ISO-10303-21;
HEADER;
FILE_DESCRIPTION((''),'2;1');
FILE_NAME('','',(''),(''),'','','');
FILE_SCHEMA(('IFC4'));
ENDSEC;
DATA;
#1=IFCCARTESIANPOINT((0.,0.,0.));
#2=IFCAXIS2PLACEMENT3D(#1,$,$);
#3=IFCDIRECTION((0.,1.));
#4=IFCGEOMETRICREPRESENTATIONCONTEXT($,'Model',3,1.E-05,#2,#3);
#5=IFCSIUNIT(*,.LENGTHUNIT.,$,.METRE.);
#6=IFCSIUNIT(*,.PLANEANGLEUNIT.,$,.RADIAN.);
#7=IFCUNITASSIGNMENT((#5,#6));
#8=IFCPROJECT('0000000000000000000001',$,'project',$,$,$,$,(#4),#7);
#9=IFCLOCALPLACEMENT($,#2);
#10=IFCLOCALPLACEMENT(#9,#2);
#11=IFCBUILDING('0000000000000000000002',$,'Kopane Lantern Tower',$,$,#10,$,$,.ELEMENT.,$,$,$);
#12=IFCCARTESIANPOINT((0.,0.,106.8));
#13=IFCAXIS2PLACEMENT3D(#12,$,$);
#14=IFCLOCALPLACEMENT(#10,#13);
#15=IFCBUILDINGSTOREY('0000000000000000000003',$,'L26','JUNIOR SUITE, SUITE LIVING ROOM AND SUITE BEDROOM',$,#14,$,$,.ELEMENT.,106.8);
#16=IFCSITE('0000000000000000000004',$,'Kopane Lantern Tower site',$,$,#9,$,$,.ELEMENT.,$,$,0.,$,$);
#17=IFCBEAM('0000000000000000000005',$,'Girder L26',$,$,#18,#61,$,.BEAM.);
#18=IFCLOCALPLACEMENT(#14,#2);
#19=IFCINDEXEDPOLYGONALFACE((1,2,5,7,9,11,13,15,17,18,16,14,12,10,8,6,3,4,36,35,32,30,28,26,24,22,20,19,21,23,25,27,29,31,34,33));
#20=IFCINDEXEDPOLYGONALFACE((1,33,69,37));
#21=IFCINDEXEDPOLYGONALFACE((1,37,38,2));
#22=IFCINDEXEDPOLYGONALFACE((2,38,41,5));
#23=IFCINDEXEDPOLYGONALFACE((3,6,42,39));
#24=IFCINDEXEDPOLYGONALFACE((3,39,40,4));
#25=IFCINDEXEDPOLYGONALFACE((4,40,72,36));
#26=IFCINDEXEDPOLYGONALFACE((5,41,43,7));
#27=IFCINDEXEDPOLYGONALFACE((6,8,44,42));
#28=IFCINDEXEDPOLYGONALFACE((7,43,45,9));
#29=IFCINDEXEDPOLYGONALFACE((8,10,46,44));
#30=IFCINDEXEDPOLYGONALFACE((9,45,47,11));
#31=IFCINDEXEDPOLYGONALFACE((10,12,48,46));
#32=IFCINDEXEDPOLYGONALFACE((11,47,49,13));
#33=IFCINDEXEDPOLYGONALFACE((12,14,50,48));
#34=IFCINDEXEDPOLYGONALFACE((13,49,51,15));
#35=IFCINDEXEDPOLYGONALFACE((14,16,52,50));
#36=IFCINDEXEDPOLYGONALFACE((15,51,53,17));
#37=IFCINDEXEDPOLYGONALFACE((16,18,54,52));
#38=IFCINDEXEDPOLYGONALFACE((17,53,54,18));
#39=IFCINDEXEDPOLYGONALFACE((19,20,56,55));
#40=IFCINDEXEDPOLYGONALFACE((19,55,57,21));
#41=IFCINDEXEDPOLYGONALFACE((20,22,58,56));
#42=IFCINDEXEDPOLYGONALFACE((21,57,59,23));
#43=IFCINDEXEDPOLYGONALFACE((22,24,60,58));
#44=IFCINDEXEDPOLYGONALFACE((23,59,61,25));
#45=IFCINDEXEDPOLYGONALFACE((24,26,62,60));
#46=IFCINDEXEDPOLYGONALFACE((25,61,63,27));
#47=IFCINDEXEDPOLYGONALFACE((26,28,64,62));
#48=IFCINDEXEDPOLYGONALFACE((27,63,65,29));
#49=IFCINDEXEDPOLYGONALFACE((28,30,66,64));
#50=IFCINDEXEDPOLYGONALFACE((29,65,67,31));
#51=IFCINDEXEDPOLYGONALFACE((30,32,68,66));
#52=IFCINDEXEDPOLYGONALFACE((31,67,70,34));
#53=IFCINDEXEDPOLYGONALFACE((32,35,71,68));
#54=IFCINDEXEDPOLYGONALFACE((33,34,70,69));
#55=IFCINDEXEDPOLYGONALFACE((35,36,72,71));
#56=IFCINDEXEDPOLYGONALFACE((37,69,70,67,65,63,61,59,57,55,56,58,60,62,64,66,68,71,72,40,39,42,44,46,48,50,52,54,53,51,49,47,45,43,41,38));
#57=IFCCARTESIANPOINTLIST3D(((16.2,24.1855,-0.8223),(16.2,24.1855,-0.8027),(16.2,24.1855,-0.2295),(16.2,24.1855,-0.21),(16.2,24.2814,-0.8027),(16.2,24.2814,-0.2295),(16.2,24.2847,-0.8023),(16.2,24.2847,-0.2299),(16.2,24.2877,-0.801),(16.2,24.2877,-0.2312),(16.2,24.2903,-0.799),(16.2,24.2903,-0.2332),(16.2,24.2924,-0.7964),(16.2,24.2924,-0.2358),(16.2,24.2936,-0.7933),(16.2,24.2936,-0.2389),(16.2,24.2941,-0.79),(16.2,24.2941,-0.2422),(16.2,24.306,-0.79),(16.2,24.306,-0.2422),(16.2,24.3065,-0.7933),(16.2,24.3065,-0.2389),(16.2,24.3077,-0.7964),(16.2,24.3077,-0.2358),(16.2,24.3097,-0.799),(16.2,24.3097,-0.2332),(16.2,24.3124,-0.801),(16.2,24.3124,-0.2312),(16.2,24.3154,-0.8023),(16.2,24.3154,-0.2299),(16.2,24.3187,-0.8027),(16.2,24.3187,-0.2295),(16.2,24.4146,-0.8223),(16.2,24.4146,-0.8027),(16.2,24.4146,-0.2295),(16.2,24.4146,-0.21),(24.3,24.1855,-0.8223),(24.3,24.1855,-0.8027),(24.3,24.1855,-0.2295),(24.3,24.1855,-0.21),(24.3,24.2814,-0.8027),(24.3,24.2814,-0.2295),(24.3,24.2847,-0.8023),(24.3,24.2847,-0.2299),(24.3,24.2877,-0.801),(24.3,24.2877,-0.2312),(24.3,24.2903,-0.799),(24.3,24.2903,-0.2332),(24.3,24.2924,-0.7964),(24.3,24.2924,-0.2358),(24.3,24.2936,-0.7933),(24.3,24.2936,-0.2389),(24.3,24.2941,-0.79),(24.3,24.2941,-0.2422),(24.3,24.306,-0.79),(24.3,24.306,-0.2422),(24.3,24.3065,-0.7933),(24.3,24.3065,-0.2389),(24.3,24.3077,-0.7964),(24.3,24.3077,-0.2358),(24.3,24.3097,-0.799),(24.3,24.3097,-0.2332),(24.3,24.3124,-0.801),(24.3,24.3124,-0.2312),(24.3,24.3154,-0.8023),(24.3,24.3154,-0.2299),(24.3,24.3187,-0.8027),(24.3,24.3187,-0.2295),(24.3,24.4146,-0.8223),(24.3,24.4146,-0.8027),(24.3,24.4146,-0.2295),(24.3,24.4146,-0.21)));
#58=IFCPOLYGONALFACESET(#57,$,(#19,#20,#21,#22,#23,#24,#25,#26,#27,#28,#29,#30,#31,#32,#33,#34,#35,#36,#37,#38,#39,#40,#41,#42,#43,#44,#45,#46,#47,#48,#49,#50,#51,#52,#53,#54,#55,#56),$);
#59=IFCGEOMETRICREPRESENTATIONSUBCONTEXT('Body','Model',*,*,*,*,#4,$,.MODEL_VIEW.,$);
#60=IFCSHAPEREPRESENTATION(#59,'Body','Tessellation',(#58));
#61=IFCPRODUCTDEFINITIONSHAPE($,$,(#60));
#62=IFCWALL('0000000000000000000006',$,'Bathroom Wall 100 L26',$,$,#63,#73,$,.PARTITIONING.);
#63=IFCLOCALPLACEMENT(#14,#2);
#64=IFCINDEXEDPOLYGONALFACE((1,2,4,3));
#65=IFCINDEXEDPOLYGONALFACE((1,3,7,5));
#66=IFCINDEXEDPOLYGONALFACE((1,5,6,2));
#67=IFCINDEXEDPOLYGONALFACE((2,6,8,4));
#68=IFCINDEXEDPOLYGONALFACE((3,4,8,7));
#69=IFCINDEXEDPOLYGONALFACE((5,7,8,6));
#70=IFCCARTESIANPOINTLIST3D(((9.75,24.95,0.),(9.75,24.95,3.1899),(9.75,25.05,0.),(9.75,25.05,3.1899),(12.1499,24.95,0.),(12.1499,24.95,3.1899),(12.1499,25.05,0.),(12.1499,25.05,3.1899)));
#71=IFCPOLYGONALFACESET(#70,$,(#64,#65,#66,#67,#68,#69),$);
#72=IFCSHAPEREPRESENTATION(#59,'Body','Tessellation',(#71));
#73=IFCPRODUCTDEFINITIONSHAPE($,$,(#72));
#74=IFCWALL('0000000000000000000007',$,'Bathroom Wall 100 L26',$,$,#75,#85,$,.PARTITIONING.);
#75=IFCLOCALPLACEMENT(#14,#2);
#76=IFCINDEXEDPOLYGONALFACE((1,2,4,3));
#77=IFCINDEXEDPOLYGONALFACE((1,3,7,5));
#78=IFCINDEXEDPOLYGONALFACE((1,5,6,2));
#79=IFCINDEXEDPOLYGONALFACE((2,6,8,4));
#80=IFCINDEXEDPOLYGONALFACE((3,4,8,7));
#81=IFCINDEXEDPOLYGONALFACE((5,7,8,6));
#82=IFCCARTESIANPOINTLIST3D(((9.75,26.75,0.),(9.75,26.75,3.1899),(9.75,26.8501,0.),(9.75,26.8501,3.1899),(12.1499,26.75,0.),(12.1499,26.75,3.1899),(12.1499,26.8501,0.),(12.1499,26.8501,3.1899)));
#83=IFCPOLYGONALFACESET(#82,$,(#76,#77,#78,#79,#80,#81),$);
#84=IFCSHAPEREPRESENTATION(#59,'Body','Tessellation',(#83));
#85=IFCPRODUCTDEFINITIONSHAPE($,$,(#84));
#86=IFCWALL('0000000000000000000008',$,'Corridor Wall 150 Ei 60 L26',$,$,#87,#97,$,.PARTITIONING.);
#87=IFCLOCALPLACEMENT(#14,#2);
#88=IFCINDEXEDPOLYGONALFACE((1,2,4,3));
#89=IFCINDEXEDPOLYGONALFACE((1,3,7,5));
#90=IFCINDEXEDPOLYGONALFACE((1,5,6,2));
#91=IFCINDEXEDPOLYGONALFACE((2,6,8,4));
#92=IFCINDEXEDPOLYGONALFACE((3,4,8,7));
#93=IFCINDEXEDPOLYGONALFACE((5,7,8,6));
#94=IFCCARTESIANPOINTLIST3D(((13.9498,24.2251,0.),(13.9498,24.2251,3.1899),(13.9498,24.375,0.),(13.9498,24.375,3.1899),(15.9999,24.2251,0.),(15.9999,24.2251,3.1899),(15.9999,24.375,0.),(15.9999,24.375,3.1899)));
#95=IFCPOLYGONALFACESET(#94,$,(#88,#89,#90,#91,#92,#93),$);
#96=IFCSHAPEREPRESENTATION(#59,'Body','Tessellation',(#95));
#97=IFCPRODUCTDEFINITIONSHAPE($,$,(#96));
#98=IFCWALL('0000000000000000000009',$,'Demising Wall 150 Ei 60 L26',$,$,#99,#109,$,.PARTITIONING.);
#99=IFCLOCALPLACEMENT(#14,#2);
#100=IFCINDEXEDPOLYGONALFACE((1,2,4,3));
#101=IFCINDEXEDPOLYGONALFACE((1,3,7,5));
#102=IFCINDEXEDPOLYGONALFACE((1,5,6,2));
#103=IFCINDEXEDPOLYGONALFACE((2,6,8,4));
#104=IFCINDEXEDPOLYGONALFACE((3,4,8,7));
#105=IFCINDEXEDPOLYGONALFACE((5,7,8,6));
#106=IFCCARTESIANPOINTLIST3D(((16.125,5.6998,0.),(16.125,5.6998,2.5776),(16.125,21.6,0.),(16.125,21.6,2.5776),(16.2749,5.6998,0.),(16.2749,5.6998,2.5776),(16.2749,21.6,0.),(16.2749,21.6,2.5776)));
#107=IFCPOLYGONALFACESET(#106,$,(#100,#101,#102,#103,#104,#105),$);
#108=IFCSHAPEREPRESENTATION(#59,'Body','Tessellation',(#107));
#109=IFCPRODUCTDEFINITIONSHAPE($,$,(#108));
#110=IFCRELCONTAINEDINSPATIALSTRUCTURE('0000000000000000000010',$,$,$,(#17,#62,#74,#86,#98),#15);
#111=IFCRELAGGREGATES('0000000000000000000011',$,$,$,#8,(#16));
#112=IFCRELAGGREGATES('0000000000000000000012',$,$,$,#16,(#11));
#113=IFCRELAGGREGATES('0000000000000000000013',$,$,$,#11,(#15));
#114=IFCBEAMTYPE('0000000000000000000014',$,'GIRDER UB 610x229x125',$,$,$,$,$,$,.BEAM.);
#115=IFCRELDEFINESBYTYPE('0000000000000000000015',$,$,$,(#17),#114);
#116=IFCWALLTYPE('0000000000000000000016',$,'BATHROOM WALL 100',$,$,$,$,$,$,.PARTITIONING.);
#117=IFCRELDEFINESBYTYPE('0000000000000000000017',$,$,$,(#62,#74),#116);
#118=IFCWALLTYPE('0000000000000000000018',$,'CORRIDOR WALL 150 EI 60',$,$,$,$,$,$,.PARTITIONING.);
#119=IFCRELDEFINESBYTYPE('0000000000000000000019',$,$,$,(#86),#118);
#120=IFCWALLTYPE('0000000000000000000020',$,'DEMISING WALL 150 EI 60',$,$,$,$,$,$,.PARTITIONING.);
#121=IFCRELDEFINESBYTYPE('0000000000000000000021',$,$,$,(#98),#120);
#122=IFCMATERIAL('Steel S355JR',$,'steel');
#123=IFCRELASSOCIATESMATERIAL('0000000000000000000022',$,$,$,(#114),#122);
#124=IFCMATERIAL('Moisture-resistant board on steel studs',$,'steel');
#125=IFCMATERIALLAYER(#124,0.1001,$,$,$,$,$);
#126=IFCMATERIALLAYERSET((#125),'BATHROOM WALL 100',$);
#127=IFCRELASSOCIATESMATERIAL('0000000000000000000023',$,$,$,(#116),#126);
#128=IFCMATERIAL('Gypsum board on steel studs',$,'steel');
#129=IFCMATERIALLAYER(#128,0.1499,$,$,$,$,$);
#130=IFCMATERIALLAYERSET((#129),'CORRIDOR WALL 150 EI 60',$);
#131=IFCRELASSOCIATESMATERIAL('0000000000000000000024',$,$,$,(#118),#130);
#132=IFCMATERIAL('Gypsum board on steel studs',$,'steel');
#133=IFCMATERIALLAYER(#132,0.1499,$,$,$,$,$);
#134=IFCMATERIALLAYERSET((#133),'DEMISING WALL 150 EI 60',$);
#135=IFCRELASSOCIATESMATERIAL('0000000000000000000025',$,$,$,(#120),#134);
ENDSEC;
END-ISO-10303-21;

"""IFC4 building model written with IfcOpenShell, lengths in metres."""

from ifc_helpers import new_model, si_unit, direction, frame, frame_2d, origin, origin_2d, place, context, subcontext, project, spatial, rectangle, i_section, extrude, material, layer, layer_set, material_profile, profile_set, type_object, element, save


model = new_model("IFC4")

# Units and contexts
model_context = context("Model", 3, precision=1e-05, world=origin(), true_north=direction((0.0, 1.0)))
body_context = subcontext(model_context, "Body", "Model", "MODEL_VIEW")
ifc_project = project(units=[si_unit("LENGTHUNIT", "METRE"), si_unit("PLANEANGLEUNIT", "RADIAN")], contexts=[model_context])

# Site, building, storey
site_placement = place(None, origin())
site = spatial("IfcSite", under=ifc_project, at=site_placement, Name="Kopane Lantern Tower site", CompositionType="ELEMENT", RefElevation=0.0)
building_placement = place(site_placement, origin())
building = spatial("IfcBuilding", under=site, at=building_placement, Name="Kopane Lantern Tower", CompositionType="ELEMENT")
storey_placement = place(building_placement, frame((0.0, 0.0, 106.8)))
storey = spatial("IfcBuildingStorey", under=building, at=storey_placement, Name="L26", Description="JUNIOR SUITE, SUITE LIVING ROOM AND SUITE BEDROOM", CompositionType="ELEMENT", Elevation=106.8)

# Beam
ifc_material_1 = material(Name="Steel S355JR", Category="steel")
ifc_material_profile_1 = material_profile(ifc_material_1, i_section(OverallWidth=0.229, OverallDepth=0.6123, WebThickness=0.012, FlangeThickness=0.0195, FilletRadius=0.0127, at=origin_2d()), Name="UB 610x229x125")
ifc_profile_set_1 = profile_set([ifc_material_profile_1], Name="Steel S355JR")
beam_type_1 = type_object("IfcBeamType", Name="GIRDER UB 610x229x125", PredefinedType="BEAM", material=ifc_profile_set_1)
beam_1_placement = place(storey_placement, frame((16.2, 24.3, -0.5161), z_axis=(1.0, 0.0, 0.0), x_axis=(0.0, 1.0, 0.0)))
element("IfcBeam", 1, at=beam_1_placement, inside=storey, type_object=beam_type_1, Name="Girder L26", PredefinedType="BEAM", context=body_context, shape_type="SweptSolid", body=[
    extrude(i_section(OverallWidth=0.229, OverallDepth=0.6123, WebThickness=0.012, FlangeThickness=0.0195, FilletRadius=0.0127, at=origin_2d()), origin(), (0.0, 0.0, 1.0), 8.1001),
])

# Walls
ifc_material_2 = material(Name="Moisture-resistant board on steel studs", Category="steel")
ifc_layer_1 = layer(ifc_material_2, 0.1001)
ifc_layer_set_1 = layer_set([ifc_layer_1], Name="BATHROOM WALL 100")
wall_type_1 = type_object("IfcWallType", Name="BATHROOM WALL 100", PredefinedType="PARTITIONING", material=ifc_layer_set_1)
for number, where, z_axis, x_axis, name in (
    (2, (12.1499, 25.0, 0.0), (0.0, 0.0, 1.0), (-1.0, 0.0, 0.0), "Bathroom Wall 100 L26"),
    (3, (12.1499, 26.8, 0.0), (0.0, 0.0, 1.0), (-1.0, 0.0, 0.0), "Bathroom Wall 100 L26"),
):
    element("IfcWall", number, at=place(storey_placement, frame(where, z_axis=z_axis, x_axis=x_axis)), inside=storey, type_object=wall_type_1, Name=name, PredefinedType="PARTITIONING", context=body_context, shape_type="SweptSolid", body=[
        extrude(rectangle(XDim=2.3999, YDim=0.1001, at=frame_2d((1.2, 0.0))), origin(), (0.0, 0.0, 1.0), 3.1899),
    ])

# Walls
ifc_material_3 = material(Name="Gypsum board on steel studs", Category="steel")
ifc_layer_2 = layer(ifc_material_3, 0.1499)
ifc_layer_set_2 = layer_set([ifc_layer_2], Name="CORRIDOR WALL 150 EI 60")
wall_type_2 = type_object("IfcWallType", Name="CORRIDOR WALL 150 EI 60", PredefinedType="PARTITIONING", material=ifc_layer_set_2)
wall_1_placement = place(storey_placement, frame((13.95, 24.3, 0.0), z_axis=(0.0, 0.0, 1.0), x_axis=(1.0, 0.0, 0.0)))
element("IfcWall", 4, at=wall_1_placement, inside=storey, type_object=wall_type_2, Name="Corridor Wall 150 Ei 60 L26", PredefinedType="PARTITIONING", context=body_context, shape_type="SweptSolid", body=[
    extrude(rectangle(XDim=2.05, YDim=0.1499, at=frame_2d((1.0249, 0.0))), origin(), (0.0, 0.0, 1.0), 3.1899),
])
ifc_material_4 = material(Name="Gypsum board on steel studs", Category="steel")
ifc_layer_3 = layer(ifc_material_4, 0.1499)
ifc_layer_set_3 = layer_set([ifc_layer_3], Name="DEMISING WALL 150 EI 60")
wall_type_3 = type_object("IfcWallType", Name="DEMISING WALL 150 EI 60", PredefinedType="PARTITIONING", material=ifc_layer_set_3)
wall_2_placement = place(storey_placement, frame((16.2, 21.6001, 0.0), z_axis=(0.0, 0.0, 1.0), x_axis=(0.0, -1.0, 0.0)))
element("IfcWall", 5, at=wall_2_placement, inside=storey, type_object=wall_type_3, Name="Demising Wall 150 Ei 60 L26", PredefinedType="PARTITIONING", context=body_context, shape_type="SweptSolid", body=[
    extrude(rectangle(XDim=15.9001, YDim=0.1499, at=frame_2d((7.9502, 0.0))), origin(), (0.0, 0.0, 1.0), 2.5776),
])

save(model, "model.ifc")
